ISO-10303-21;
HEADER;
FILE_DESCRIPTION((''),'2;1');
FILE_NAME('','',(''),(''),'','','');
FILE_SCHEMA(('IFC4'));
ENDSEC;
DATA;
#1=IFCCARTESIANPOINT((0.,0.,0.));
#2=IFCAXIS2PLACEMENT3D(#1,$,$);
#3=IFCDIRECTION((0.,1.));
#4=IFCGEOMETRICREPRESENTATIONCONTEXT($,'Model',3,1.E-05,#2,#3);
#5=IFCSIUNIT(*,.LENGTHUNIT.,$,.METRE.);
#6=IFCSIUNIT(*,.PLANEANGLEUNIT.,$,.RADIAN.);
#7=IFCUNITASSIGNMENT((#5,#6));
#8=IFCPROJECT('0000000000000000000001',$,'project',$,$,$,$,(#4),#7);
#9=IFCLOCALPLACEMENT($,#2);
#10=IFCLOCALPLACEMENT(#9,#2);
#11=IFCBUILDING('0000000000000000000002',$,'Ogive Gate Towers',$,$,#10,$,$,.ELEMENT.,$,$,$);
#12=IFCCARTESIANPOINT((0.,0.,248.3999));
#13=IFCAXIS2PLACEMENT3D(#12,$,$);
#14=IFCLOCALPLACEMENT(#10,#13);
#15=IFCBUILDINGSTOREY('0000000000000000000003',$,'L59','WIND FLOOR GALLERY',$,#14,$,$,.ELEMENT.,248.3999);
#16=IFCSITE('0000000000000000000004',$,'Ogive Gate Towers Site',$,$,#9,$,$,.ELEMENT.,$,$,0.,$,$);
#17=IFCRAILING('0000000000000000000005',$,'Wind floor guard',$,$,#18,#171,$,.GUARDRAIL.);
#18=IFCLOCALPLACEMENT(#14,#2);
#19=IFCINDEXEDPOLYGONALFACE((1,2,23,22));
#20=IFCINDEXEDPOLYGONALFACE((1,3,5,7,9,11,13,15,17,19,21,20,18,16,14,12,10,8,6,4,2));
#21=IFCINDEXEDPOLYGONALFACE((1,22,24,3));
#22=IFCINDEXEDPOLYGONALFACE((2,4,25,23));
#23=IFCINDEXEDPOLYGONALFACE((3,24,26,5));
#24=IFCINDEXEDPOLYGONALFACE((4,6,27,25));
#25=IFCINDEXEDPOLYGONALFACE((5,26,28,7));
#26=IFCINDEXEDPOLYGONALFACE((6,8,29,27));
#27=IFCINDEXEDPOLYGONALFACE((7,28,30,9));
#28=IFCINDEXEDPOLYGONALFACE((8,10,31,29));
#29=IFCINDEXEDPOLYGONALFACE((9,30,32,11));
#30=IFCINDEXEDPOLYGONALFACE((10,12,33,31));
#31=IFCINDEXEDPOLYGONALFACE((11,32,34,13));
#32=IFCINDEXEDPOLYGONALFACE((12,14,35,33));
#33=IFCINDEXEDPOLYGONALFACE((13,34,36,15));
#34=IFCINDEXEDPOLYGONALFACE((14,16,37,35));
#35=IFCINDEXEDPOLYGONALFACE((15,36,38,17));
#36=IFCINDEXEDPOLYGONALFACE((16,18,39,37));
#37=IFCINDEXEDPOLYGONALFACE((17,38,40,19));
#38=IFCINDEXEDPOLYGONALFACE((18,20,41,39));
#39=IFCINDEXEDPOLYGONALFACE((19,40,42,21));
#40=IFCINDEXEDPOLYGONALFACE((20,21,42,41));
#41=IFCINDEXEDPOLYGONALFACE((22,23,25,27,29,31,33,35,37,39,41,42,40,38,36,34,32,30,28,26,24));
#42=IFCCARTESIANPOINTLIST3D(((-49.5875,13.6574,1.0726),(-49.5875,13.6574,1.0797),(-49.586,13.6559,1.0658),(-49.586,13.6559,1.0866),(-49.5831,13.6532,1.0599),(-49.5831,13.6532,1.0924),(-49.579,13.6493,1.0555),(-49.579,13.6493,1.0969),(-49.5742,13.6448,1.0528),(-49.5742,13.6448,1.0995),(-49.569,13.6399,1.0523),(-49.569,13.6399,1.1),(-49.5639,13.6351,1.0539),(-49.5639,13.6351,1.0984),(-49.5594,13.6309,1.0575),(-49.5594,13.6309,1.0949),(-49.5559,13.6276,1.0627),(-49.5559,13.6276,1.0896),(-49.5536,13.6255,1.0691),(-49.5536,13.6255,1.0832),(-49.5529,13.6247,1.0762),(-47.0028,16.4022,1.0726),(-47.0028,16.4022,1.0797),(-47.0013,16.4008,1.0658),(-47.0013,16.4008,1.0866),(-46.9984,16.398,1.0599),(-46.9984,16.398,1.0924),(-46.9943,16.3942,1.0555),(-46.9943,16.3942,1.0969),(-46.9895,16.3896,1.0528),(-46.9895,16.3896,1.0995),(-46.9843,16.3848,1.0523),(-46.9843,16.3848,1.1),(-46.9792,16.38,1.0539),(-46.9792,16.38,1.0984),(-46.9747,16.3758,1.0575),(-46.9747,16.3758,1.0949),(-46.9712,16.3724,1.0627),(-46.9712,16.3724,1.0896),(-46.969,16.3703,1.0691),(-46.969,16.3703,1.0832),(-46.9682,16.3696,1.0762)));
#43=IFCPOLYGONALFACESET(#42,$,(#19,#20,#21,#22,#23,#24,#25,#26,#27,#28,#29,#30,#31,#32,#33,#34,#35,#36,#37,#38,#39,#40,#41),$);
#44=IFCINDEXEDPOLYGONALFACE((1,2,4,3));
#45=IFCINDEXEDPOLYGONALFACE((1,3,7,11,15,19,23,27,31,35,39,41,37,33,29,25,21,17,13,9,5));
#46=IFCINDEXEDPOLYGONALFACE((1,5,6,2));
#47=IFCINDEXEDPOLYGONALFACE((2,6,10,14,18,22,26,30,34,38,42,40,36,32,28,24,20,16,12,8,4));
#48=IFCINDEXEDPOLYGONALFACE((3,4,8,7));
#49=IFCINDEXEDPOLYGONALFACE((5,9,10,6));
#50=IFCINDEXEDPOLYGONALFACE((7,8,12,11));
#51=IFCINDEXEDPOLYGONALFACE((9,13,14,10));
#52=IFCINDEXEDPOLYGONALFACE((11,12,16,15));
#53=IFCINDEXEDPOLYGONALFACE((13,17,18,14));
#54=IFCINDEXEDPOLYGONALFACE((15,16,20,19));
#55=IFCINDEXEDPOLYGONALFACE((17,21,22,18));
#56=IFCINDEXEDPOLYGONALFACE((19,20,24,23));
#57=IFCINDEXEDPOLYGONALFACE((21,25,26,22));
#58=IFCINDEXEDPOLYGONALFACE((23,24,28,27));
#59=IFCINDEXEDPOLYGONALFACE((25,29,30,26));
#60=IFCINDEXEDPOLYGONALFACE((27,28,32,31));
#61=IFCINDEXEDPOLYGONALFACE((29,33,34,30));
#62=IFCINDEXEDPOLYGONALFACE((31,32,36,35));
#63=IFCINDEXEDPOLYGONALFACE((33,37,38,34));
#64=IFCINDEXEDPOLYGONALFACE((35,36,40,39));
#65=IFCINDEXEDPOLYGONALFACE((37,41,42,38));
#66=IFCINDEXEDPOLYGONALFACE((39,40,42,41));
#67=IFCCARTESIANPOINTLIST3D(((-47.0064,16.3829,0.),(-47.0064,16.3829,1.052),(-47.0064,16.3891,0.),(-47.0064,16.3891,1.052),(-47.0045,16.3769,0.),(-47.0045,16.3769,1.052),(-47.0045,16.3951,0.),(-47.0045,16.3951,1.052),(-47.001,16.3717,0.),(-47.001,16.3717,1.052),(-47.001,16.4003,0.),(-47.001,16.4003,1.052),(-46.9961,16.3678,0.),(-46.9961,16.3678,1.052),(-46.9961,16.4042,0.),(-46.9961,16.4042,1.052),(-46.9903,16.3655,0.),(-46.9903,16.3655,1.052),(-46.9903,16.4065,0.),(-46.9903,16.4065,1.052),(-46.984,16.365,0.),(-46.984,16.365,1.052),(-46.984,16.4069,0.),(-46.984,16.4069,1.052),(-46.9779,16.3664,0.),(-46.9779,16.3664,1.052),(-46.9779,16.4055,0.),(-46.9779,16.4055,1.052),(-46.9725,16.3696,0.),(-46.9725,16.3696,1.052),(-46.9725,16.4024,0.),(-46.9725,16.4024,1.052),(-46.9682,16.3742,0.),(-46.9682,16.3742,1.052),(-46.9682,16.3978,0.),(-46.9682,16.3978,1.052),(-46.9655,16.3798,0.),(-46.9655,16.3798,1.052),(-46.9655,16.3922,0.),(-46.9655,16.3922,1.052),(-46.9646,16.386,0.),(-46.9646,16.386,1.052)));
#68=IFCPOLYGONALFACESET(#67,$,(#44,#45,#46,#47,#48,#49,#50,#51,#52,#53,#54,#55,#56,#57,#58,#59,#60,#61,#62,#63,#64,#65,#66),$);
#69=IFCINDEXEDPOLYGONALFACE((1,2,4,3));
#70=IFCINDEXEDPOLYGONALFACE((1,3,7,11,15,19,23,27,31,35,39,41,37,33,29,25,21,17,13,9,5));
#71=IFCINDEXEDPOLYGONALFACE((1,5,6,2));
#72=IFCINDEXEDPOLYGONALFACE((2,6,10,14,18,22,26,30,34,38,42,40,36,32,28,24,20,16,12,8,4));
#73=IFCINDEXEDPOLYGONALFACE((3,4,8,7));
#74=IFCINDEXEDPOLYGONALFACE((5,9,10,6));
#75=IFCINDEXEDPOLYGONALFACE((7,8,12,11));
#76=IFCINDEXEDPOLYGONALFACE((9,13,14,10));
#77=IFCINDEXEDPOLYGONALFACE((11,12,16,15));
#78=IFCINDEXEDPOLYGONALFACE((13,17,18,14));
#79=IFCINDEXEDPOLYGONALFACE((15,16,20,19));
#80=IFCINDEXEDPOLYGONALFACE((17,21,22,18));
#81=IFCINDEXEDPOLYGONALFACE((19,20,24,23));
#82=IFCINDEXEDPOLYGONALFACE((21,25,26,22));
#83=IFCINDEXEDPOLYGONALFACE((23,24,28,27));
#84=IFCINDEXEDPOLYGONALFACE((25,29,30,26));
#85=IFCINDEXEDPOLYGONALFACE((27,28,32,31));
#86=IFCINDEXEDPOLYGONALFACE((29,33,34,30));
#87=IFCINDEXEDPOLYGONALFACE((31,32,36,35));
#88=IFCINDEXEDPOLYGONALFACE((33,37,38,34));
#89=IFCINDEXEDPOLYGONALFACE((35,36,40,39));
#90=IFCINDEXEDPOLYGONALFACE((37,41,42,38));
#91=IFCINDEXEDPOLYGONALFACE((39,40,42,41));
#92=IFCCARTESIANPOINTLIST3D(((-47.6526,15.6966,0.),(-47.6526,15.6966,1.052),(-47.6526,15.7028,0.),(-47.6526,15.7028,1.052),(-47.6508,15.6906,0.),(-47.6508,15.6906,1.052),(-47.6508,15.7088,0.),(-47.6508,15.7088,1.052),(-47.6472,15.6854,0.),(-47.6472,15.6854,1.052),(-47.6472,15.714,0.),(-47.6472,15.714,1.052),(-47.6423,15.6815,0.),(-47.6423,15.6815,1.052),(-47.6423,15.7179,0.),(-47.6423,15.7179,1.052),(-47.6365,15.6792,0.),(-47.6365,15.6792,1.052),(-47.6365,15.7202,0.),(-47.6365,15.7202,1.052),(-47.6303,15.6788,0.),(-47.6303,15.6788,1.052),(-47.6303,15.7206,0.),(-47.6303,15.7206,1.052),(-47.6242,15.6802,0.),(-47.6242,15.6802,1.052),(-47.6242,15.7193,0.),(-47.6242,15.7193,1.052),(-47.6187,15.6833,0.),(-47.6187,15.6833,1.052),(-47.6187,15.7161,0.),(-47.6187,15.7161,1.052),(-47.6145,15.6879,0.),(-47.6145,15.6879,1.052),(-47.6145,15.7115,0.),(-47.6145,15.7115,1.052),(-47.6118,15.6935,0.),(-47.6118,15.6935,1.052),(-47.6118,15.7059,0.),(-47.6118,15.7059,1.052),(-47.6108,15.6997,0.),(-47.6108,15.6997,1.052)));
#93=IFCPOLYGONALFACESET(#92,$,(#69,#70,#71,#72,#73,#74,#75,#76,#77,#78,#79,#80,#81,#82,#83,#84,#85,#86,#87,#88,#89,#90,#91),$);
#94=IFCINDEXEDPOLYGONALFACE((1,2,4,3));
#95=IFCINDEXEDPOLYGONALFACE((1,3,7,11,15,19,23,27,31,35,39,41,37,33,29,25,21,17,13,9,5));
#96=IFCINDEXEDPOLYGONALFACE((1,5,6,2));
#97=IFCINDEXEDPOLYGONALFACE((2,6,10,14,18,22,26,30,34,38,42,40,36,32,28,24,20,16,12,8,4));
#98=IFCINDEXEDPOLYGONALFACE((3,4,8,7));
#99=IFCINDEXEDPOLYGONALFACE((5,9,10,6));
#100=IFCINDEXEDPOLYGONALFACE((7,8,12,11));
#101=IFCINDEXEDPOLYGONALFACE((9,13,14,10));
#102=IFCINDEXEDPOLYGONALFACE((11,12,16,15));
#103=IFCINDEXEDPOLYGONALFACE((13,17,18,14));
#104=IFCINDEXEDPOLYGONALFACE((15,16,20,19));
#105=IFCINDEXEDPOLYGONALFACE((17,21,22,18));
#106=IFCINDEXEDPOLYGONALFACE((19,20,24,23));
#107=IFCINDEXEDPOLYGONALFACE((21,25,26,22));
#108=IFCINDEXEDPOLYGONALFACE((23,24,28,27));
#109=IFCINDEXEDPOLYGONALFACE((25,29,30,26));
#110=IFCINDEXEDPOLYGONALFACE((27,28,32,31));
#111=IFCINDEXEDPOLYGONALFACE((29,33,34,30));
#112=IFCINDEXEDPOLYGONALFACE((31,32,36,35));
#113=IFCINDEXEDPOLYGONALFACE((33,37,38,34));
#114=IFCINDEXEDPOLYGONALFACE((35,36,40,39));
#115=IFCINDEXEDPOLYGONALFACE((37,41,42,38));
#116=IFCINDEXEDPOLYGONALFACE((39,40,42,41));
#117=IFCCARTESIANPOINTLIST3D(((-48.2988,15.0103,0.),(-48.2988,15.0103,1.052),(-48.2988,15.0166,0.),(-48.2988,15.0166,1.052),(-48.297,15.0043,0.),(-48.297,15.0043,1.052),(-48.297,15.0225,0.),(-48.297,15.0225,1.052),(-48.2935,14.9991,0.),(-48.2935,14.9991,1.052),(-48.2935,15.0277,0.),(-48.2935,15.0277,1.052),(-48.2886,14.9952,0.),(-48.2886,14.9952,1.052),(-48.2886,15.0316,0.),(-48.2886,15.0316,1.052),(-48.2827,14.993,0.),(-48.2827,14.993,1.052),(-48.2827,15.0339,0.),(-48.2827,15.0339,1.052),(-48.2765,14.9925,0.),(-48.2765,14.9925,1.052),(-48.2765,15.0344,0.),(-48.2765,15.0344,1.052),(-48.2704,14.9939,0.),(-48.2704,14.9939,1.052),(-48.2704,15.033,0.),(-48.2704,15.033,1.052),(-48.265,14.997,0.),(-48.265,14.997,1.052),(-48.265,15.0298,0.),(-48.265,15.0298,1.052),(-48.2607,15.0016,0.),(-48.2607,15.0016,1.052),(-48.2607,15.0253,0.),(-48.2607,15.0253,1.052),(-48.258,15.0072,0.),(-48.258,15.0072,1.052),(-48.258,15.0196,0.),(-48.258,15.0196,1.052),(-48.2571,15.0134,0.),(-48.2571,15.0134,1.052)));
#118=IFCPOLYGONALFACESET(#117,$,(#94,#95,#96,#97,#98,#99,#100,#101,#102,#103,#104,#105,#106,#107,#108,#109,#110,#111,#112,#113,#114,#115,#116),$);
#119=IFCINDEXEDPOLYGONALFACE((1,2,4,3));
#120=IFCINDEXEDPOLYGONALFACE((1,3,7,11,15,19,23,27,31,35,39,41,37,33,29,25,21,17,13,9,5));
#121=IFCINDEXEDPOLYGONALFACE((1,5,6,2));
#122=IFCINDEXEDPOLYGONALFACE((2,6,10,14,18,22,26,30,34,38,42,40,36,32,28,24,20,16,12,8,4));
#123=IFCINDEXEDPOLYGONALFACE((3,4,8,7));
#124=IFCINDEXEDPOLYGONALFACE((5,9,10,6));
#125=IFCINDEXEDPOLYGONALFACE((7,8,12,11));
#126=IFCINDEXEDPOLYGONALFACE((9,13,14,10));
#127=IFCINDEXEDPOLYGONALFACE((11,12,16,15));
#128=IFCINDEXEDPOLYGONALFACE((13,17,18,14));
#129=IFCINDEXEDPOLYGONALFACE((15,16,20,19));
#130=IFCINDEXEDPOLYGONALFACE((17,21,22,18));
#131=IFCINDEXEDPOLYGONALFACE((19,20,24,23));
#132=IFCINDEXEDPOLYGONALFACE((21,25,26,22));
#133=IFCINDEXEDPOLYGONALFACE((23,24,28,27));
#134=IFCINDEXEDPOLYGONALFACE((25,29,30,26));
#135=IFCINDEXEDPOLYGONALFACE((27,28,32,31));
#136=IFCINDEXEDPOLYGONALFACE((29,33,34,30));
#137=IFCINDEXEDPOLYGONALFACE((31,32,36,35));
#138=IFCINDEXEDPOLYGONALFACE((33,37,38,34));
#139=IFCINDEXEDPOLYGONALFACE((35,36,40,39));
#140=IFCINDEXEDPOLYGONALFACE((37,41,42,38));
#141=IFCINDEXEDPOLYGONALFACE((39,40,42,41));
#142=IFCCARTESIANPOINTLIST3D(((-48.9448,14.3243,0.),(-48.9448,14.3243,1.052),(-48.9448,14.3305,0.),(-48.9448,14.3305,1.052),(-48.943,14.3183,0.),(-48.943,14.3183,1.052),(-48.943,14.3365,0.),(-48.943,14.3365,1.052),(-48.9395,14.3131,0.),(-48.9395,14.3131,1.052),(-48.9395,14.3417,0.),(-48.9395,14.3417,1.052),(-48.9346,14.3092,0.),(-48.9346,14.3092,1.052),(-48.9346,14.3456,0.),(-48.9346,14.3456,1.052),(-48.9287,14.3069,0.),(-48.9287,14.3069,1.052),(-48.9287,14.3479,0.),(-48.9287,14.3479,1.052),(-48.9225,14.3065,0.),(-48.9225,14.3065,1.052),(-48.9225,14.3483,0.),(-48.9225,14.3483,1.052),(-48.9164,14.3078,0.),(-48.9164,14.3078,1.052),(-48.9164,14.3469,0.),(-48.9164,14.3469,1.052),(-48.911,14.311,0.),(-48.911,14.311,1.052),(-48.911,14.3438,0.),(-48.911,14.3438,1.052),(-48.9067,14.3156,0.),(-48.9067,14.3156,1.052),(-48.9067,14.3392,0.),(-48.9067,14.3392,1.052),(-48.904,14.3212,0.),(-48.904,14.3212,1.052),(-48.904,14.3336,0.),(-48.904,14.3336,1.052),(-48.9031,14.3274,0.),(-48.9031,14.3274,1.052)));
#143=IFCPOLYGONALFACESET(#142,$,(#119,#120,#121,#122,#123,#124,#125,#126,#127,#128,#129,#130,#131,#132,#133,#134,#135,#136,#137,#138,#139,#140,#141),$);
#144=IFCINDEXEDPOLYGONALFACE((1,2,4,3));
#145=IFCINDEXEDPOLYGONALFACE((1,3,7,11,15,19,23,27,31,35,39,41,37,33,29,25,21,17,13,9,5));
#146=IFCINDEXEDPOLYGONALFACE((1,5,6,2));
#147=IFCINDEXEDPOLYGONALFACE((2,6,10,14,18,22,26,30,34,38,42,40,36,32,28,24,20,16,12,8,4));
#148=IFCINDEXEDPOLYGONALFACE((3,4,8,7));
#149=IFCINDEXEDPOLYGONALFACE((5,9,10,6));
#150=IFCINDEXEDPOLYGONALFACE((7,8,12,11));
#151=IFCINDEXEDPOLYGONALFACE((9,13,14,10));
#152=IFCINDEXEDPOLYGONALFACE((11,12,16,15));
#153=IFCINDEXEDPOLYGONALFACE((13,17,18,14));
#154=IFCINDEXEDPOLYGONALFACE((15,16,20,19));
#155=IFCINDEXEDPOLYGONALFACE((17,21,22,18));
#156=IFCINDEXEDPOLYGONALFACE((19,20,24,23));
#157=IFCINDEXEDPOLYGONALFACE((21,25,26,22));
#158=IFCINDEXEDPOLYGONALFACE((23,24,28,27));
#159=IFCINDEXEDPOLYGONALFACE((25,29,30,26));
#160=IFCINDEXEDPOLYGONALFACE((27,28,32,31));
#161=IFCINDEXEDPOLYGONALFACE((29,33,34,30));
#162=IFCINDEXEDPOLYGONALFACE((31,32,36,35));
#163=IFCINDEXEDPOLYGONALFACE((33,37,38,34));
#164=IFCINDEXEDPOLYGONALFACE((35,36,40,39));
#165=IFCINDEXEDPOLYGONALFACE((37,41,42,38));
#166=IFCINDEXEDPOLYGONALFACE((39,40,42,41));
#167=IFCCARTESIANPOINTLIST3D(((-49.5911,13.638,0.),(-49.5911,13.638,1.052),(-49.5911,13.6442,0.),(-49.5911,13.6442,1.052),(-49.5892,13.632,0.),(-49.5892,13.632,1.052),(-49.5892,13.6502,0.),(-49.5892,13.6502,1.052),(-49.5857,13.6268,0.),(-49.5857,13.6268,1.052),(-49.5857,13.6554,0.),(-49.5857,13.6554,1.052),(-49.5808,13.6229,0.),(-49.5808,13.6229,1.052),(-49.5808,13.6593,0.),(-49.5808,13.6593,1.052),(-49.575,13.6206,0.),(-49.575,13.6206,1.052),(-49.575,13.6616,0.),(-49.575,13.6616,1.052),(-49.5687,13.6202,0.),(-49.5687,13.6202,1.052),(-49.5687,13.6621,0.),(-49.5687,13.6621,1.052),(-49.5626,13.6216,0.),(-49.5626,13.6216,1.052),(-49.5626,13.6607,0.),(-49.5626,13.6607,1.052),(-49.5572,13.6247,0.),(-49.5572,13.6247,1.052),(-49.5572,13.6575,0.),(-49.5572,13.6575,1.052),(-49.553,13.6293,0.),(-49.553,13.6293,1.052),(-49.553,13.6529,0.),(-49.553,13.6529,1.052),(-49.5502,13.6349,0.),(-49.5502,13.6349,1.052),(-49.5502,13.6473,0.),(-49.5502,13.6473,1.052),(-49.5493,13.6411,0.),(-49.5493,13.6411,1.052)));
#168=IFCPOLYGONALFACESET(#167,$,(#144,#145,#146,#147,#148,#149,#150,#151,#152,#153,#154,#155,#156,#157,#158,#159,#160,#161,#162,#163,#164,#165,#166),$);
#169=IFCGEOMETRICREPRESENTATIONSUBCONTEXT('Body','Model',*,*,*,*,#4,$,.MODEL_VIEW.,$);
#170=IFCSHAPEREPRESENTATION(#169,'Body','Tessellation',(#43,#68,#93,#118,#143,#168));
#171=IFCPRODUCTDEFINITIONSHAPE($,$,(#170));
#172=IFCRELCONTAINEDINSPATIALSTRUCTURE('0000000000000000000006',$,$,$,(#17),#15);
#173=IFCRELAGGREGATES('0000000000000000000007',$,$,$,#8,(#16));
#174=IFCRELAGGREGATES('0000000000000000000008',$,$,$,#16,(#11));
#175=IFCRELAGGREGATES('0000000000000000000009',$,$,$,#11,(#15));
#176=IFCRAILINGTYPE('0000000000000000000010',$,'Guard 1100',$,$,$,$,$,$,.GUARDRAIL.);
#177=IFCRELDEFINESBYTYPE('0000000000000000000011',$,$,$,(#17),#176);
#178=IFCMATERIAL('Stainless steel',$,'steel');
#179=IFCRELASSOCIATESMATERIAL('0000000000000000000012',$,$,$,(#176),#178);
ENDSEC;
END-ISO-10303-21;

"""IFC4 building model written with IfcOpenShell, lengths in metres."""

from ifc_helpers import new_model, si_unit, direction, frame, origin, origin_2d, place, context, subcontext, project, spatial, circle, extrude, material, type_object, element, save


model = new_model("IFC4")

# Units and contexts
model_context = context("Model", 3, precision=1e-05, world=origin(), true_north=direction((0.0, 1.0)))
body_context = subcontext(model_context, "Body", "Model", "MODEL_VIEW")
ifc_project = project(units=[si_unit("LENGTHUNIT", "METRE"), si_unit("PLANEANGLEUNIT", "RADIAN")], contexts=[model_context])

# Site, building, storey
site_placement = place(None, origin())
site = spatial("IfcSite", under=ifc_project, at=site_placement, Name="Ogive Gate Towers Site", CompositionType="ELEMENT", RefElevation=0.0)
building_placement = place(site_placement, origin())
building = spatial("IfcBuilding", under=site, at=building_placement, Name="Ogive Gate Towers", CompositionType="ELEMENT")
storey_placement = place(building_placement, frame((0.0, 0.0, 248.3999)))
storey = spatial("IfcBuildingStorey", under=building, at=storey_placement, Name="L59", Description="WIND FLOOR GALLERY", CompositionType="ELEMENT", Elevation=248.3999)

# Railing
ifc_material_1 = material(Name="Stainless steel", Category="steel")
railing_type_1 = type_object("IfcRailingType", Name="Guard 1100", PredefinedType="GUARDRAIL", material=ifc_material_1)
railing_1_placement = place(storey_placement, frame((-46.9856, 16.386, 0.0)))
element("IfcRailing", 1, at=railing_1_placement, inside=storey, type_object=railing_type_1, Name="Wind floor guard", PredefinedType="GUARDRAIL", context=body_context, shape_type="SweptSolid", body=[
    extrude(circle(Radius=0.0239, at=origin_2d()), frame((0.0, 0.0, 1.0762), z_axis=(-0.685548, -0.728027, 0.0), x_axis=(0.728027, -0.685548, 0.0)), (0.0, 0.0, 1.0), 3.7703),
    extrude(circle(Radius=0.021, at=origin_2d()), origin(), (0.0, 0.0, 1.0), 1.052),
    extrude(circle(Radius=0.021, at=origin_2d()), frame((-0.6462, -0.6863, 0.0)), (0.0, 0.0, 1.0), 1.052),
    extrude(circle(Radius=0.021, at=origin_2d()), frame((-1.2925, -1.3726, 0.0)), (0.0, 0.0, 1.0), 1.052),
    extrude(circle(Radius=0.021, at=origin_2d()), frame((-1.9385, -2.0586, 0.0)), (0.0, 0.0, 1.0), 1.052),
    extrude(circle(Radius=0.021, at=origin_2d()), frame((-2.5847, -2.7449, 0.0)), (0.0, 0.0, 1.0), 1.052),
])

save(model, "model.ifc")
